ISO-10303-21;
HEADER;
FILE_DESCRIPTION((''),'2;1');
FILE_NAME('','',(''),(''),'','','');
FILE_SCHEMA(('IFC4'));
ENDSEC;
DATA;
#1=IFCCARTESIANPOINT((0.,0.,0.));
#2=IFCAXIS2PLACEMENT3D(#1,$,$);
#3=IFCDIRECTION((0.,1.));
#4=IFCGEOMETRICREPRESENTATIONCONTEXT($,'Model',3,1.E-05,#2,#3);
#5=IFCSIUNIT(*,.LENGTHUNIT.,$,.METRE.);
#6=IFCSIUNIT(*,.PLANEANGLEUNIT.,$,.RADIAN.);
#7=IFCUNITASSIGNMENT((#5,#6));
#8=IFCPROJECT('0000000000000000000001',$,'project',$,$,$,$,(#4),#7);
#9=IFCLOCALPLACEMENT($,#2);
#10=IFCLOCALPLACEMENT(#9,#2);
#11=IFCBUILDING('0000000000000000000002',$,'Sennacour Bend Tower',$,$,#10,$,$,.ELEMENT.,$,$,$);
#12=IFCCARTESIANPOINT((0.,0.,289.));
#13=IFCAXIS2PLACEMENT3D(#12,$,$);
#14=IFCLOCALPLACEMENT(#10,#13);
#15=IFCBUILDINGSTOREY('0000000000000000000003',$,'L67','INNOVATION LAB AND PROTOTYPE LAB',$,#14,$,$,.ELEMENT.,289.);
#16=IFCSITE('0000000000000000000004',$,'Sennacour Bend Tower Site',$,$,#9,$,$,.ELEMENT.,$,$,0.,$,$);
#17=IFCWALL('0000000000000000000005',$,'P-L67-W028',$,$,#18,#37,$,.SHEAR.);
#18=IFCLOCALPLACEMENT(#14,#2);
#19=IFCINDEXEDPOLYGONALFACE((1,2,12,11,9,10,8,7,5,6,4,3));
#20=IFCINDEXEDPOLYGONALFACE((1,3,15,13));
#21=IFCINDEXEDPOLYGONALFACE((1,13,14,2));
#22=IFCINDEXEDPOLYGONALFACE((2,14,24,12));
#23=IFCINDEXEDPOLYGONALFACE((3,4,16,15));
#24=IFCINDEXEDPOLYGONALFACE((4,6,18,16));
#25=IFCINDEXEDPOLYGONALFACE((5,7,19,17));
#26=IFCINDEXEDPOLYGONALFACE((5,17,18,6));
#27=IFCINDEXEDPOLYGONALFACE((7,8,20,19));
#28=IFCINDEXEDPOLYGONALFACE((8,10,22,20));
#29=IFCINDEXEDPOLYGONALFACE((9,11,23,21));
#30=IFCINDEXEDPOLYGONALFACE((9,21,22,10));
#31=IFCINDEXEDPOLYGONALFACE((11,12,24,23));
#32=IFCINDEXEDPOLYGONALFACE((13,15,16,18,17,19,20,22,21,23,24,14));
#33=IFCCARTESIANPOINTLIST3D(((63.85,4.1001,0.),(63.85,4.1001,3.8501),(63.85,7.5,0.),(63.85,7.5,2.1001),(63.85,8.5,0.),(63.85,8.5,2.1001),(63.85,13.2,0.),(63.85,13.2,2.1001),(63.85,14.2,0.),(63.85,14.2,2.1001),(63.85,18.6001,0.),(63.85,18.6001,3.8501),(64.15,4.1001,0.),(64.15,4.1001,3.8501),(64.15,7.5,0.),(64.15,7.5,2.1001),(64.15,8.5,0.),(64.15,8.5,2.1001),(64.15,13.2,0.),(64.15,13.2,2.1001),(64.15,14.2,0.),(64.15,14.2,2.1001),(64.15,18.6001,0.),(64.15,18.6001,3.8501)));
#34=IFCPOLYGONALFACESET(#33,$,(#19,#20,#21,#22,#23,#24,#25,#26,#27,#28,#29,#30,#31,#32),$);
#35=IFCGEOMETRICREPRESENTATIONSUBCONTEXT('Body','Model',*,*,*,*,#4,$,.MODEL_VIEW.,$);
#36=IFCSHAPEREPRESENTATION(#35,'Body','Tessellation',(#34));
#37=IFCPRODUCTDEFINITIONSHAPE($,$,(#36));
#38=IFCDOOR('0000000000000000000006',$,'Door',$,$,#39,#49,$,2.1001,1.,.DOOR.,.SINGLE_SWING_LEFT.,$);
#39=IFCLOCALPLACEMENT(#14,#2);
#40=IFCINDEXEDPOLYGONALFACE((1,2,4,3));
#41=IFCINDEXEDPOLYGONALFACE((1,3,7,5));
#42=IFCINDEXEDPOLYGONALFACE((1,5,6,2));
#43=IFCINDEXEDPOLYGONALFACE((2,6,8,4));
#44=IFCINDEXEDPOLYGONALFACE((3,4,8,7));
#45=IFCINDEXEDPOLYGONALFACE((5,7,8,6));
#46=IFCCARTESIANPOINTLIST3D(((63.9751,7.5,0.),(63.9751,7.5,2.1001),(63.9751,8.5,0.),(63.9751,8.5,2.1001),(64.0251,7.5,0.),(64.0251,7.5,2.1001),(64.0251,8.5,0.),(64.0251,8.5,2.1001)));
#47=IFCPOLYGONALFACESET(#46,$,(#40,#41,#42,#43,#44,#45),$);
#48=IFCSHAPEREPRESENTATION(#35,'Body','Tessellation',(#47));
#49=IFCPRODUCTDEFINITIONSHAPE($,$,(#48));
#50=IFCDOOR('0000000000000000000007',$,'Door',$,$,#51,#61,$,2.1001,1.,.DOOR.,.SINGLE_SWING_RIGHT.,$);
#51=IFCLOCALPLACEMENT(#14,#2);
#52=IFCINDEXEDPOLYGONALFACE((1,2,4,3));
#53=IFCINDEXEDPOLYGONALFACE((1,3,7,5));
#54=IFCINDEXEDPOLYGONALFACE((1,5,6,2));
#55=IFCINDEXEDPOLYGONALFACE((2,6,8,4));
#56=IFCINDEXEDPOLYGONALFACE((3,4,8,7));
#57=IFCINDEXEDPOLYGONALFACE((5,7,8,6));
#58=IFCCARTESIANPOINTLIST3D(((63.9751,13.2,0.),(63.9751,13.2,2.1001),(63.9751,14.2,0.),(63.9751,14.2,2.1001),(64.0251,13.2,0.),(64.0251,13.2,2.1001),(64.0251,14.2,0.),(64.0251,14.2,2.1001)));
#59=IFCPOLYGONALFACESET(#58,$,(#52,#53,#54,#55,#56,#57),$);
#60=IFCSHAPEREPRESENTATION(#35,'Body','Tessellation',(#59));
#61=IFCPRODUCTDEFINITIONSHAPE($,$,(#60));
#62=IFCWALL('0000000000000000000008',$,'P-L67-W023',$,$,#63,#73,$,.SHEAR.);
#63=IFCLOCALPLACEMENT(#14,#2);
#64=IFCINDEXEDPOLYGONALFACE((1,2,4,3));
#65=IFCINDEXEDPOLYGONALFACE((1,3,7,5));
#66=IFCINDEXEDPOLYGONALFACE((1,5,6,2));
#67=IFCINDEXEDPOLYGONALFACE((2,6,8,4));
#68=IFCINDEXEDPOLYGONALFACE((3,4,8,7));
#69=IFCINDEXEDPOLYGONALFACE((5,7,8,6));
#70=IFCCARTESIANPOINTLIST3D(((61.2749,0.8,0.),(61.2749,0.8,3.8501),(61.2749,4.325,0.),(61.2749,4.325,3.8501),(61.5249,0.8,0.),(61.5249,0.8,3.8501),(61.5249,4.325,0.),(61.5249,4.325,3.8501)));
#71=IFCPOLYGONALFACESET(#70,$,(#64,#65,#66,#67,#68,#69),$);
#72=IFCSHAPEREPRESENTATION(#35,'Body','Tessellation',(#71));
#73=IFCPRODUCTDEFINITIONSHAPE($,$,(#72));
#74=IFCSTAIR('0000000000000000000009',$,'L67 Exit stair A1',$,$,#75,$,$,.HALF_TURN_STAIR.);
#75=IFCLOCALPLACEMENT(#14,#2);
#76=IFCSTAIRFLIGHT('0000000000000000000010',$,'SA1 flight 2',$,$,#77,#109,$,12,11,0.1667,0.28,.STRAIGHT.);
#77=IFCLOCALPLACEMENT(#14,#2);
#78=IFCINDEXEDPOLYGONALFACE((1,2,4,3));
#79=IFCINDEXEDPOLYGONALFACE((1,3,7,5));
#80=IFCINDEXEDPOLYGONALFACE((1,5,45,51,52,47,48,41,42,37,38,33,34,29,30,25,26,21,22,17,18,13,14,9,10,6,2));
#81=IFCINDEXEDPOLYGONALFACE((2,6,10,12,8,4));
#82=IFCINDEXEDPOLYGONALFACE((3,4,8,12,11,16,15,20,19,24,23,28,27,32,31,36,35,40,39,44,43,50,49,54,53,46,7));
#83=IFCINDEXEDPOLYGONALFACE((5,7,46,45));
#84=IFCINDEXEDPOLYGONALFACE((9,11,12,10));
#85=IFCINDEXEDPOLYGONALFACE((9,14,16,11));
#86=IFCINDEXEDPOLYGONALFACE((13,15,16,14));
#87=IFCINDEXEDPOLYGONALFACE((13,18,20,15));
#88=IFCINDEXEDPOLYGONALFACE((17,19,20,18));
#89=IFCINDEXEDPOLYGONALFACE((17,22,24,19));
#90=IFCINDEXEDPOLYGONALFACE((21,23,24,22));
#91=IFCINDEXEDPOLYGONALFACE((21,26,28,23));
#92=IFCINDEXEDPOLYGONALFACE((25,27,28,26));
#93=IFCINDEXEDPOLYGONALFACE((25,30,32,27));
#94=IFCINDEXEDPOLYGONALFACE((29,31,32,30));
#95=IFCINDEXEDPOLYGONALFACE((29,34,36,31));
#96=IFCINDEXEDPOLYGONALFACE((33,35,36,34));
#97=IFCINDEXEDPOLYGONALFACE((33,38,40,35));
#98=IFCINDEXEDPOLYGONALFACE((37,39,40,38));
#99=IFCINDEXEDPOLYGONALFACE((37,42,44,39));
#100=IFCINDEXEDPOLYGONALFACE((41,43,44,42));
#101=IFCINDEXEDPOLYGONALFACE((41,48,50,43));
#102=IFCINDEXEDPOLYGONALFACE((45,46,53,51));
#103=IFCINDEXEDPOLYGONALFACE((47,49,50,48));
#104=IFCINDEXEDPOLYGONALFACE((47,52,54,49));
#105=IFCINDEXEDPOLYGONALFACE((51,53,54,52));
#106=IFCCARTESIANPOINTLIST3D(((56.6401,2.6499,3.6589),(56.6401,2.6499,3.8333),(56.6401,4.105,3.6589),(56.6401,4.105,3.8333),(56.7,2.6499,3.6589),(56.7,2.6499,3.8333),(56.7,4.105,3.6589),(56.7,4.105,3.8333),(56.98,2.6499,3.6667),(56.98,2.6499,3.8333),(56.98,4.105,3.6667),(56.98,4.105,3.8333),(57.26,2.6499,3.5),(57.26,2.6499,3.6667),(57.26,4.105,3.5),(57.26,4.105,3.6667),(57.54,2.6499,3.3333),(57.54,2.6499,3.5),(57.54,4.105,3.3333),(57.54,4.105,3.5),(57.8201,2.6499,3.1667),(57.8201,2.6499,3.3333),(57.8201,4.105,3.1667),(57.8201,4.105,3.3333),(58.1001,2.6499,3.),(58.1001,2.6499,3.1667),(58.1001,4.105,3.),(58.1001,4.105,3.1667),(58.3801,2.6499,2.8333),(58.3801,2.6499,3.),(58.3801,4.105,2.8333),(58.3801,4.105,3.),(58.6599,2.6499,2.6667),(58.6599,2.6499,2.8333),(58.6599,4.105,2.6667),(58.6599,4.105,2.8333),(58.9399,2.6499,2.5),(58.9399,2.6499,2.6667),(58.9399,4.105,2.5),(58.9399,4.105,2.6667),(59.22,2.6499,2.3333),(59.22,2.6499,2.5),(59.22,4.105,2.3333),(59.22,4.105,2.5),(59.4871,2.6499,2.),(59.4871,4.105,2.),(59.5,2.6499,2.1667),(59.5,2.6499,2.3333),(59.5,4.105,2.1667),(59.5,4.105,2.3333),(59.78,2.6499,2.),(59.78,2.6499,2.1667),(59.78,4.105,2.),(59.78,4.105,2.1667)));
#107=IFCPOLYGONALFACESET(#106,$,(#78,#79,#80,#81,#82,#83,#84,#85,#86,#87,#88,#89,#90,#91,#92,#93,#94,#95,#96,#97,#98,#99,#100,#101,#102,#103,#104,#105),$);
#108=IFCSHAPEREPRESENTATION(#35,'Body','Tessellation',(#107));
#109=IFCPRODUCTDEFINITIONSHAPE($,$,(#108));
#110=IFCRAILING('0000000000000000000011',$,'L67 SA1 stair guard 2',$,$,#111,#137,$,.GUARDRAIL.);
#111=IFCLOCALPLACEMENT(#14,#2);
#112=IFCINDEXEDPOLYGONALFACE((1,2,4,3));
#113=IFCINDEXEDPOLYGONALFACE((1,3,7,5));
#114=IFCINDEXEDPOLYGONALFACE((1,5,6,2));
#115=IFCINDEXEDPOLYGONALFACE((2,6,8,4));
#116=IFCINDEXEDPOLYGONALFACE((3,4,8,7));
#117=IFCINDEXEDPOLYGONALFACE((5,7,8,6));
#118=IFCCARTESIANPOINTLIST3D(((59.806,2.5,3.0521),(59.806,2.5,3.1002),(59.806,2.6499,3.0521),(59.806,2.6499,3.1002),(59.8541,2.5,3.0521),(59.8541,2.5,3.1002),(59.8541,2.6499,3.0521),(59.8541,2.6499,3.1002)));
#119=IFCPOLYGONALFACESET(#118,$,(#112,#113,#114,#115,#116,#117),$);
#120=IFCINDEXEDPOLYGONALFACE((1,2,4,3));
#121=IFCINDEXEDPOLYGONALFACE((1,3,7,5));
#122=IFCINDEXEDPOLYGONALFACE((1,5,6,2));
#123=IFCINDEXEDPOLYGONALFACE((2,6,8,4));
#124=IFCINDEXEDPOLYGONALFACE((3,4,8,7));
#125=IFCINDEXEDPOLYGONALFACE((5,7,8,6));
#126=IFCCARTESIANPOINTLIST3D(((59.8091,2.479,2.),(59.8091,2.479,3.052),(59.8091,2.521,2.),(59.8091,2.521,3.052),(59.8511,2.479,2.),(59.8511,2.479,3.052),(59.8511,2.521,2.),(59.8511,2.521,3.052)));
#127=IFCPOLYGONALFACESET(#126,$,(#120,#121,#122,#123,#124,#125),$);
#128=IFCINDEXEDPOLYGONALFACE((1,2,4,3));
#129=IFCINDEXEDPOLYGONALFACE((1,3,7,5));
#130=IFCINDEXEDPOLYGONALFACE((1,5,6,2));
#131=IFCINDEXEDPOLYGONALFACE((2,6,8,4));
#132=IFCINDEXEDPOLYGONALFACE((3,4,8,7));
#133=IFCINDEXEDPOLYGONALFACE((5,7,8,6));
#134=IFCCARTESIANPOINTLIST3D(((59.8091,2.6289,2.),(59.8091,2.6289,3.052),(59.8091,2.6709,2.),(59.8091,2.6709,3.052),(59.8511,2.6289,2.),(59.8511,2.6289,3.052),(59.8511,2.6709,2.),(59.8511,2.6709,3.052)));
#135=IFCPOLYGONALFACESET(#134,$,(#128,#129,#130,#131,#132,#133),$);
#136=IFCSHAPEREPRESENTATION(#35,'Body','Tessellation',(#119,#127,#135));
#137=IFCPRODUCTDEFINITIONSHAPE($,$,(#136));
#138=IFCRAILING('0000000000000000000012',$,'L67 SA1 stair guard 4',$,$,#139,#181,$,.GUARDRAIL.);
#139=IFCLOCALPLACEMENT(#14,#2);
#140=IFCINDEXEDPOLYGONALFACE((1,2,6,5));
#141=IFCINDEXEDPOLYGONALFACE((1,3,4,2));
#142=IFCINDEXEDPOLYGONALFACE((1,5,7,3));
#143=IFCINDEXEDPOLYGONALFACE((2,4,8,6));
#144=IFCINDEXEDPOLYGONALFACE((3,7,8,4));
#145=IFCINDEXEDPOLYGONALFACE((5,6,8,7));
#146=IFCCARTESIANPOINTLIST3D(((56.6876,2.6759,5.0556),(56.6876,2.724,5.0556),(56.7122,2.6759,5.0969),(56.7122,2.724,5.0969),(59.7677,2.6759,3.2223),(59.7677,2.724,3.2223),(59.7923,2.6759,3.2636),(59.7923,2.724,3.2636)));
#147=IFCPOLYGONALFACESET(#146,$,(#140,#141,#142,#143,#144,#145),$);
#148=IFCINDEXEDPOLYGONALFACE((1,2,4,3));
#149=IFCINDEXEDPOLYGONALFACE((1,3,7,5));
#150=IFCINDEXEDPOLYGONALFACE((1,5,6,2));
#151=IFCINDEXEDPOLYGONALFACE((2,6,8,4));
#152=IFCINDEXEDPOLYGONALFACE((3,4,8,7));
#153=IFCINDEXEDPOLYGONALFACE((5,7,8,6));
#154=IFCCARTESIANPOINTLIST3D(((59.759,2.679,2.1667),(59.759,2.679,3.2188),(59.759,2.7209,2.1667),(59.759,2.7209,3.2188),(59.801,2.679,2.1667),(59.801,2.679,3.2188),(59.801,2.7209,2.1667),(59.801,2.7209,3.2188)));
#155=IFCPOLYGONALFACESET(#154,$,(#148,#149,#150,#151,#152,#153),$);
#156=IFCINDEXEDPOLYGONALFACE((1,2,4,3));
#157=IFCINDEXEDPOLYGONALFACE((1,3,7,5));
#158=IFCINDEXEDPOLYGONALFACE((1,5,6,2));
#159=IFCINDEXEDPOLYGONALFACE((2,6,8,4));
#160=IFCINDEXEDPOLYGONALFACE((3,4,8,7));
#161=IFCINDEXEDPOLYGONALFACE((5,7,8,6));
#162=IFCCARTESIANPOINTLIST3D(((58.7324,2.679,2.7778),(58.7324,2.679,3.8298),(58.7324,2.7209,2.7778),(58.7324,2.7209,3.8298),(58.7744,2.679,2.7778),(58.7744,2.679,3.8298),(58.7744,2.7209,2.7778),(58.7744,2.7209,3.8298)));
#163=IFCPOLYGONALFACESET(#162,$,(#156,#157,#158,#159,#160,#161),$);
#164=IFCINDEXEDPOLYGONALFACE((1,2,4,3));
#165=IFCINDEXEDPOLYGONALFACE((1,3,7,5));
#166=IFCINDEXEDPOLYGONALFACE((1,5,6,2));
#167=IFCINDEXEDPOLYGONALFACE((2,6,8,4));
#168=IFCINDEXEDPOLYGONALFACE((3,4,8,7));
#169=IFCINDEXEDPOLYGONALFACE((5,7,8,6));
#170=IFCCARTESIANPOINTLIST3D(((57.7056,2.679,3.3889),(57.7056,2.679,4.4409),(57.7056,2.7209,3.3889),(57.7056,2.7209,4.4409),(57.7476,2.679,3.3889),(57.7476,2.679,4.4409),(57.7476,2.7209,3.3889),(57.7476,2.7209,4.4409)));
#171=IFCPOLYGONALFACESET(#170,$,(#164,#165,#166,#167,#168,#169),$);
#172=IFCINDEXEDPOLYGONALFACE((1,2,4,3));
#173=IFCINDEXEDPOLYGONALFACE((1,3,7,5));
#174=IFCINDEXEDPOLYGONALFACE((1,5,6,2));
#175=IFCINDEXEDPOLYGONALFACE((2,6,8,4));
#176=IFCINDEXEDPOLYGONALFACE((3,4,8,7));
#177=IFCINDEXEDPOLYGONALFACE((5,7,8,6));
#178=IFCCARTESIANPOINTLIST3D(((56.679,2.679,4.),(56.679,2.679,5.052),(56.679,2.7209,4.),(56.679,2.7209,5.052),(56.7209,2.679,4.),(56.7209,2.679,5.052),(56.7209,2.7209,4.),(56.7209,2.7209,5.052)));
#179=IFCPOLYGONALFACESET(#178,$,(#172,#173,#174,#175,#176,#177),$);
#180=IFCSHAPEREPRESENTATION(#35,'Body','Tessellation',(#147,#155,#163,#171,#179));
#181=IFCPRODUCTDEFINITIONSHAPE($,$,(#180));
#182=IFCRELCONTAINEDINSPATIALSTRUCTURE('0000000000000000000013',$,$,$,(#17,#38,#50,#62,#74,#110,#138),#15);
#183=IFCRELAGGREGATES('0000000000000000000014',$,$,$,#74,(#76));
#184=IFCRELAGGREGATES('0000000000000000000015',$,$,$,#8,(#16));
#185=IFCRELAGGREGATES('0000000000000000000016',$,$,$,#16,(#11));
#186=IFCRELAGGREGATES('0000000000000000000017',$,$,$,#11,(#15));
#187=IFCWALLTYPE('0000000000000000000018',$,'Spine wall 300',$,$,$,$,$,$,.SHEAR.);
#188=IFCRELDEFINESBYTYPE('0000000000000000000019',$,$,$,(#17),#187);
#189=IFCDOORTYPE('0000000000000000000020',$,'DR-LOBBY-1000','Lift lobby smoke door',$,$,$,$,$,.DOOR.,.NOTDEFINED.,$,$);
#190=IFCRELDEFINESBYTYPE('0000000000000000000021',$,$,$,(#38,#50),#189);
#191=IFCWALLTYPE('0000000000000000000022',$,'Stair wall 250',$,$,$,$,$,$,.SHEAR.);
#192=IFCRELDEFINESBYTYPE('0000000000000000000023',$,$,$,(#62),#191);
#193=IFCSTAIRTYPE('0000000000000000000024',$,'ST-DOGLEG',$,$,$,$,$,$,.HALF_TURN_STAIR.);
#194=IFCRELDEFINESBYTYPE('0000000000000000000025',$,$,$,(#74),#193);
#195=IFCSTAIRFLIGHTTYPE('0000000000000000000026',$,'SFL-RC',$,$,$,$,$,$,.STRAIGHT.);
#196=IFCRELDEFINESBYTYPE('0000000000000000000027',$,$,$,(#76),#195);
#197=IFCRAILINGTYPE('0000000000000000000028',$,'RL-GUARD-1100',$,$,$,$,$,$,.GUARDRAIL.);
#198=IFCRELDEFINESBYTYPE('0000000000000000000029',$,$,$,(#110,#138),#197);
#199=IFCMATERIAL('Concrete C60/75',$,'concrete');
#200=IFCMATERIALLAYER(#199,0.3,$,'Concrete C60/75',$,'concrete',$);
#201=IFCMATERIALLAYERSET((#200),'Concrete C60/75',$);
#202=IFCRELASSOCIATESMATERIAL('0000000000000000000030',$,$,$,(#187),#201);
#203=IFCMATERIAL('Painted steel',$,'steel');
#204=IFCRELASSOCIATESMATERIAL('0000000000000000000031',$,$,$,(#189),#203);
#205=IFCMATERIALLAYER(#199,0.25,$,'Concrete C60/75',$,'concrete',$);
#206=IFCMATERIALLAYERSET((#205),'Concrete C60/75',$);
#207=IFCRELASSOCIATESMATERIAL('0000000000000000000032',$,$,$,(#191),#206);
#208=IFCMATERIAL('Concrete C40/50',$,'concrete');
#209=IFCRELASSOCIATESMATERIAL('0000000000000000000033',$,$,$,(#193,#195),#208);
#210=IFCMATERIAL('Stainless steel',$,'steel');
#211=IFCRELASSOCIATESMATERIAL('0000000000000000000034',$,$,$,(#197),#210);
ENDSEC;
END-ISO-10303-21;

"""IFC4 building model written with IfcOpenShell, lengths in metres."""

from ifc_helpers import new_model, si_unit, direction, frame, frame_2d, origin, origin_2d, place, context, subcontext, project, spatial, polyline, rectangle, outline, extrude, material, layer, layer_set, type_object, element, fill, aggregate, save


model = new_model("IFC4")

# Units and contexts
model_context = context("Model", 3, precision=1e-05, world=origin(), true_north=direction((0.0, 1.0)))
body_context = subcontext(model_context, "Body", "Model", "MODEL_VIEW")
ifc_project = project(units=[si_unit("LENGTHUNIT", "METRE"), si_unit("PLANEANGLEUNIT", "RADIAN")], contexts=[model_context])

# Site, building, storey
site_placement = place(None, origin())
site = spatial("IfcSite", under=ifc_project, at=site_placement, Name="Sennacour Bend Tower Site", CompositionType="ELEMENT", RefElevation=0.0)
building_placement = place(site_placement, origin())
building = spatial("IfcBuilding", under=site, at=building_placement, Name="Sennacour Bend Tower", CompositionType="ELEMENT")
storey_placement = place(building_placement, frame((0.0, 0.0, 289.0)))
storey = spatial("IfcBuildingStorey", under=building, at=storey_placement, Name="L67", Description="INNOVATION LAB AND PROTOTYPE LAB", CompositionType="ELEMENT", Elevation=289.0)

# Shared definitions
ifc_material_1 = material(Name="Painted steel", Category="steel")

# Shared definitions
ifc_material_2 = material(Name="Stainless steel", Category="steel")

# Wall, openings, doors
ifc_material_3 = material(Name="Concrete C60/75", Category="concrete")
ifc_layer_1 = layer(ifc_material_3, 0.3, Name="Concrete C60/75", Category="concrete")
ifc_layer_set_1 = layer_set([ifc_layer_1], Name="Concrete C60/75")
wall_type_1 = type_object("IfcWallType", Name="Spine wall 300", PredefinedType="SHEAR", material=ifc_layer_set_1)
wall_1_placement = place(storey_placement, frame((64.0, 4.1001, 0.0), z_axis=(0.0, 0.0, 1.0), x_axis=(0.0, 1.0, 0.0)))
wall_1 = element("IfcWall", 1, at=wall_1_placement, inside=storey, type_object=wall_type_1, Name="P-L67-W028", PredefinedType="SHEAR", context=body_context, shape_type="SweptSolid", body=[
    extrude(rectangle(XDim=14.5, YDim=0.3, at=frame_2d((7.25, 0.0))), origin(), (0.0, 0.0, 1.0), 3.8501),
])
opening_1_placement = place(wall_1_placement, frame((3.3999, 0.0, 0.0)))
opening_1 = element("IfcOpeningElement", 2, at=opening_1_placement, cuts=wall_1, PredefinedType="OPENING", context=body_context, shape_type="SweptSolid", body=[
    extrude(rectangle(XDim=1.0, YDim=2.1001, at=frame_2d((0.5, 1.05))), frame((0.0, 0.1602, 0.0), z_axis=(0.0, -1.0, 0.0), x_axis=(1.0, 0.0, 0.0)), (0.0, 0.0, 1.0), 0.3201),
])
opening_2_placement = place(wall_1_placement, frame((9.0999, 0.0, 0.0)))
opening_2 = element("IfcOpeningElement", 3, at=opening_2_placement, cuts=wall_1, PredefinedType="OPENING", context=body_context, shape_type="SweptSolid", body=[
    extrude(rectangle(XDim=1.0, YDim=2.1001, at=frame_2d((0.5, 1.05))), frame((0.0, 0.1602, 0.0), z_axis=(0.0, -1.0, 0.0), x_axis=(1.0, 0.0, 0.0)), (0.0, 0.0, 1.0), 0.3201),
])
door_type_1 = type_object("IfcDoorType", Name="DR-LOBBY-1000", Description="Lift lobby smoke door", OperationType="NOTDEFINED", PredefinedType="DOOR", material=ifc_material_1)
door_1_placement = place(opening_1_placement, origin())
door_1 = element("IfcDoor", 4, at=door_1_placement, inside=storey, type_object=door_type_1, Name="Door", OperationType="SINGLE_SWING_LEFT", OverallHeight=2.1001, OverallWidth=1.0, PredefinedType="DOOR", context=body_context, shape_type="SweptSolid", body=[
    extrude(rectangle(XDim=1.0, YDim=2.1001, at=frame_2d((0.5, 1.05))), frame((0.0, 0.0249, 0.0), z_axis=(0.0, -1.0, 0.0), x_axis=(1.0, 0.0, 0.0)), (0.0, 0.0, 1.0), 0.05),
])
fill(opening_1, door_1)
door_2_placement = place(opening_2_placement, origin())
door_2 = element("IfcDoor", 5, at=door_2_placement, inside=storey, type_object=door_type_1, Name="Door", OperationType="SINGLE_SWING_RIGHT", OverallHeight=2.1001, OverallWidth=1.0, PredefinedType="DOOR", context=body_context, shape_type="SweptSolid", body=[
    extrude(rectangle(XDim=1.0, YDim=2.1001, at=frame_2d((0.5, 1.05))), frame((0.0, 0.0249, 0.0), z_axis=(0.0, -1.0, 0.0), x_axis=(1.0, 0.0, 0.0)), (0.0, 0.0, 1.0), 0.05),
])
fill(opening_2, door_2)

# Wall
ifc_layer_2 = layer(ifc_material_3, 0.25, Name="Concrete C60/75", Category="concrete")
ifc_layer_set_2 = layer_set([ifc_layer_2], Name="Concrete C60/75")
wall_type_2 = type_object("IfcWallType", Name="Stair wall 250", PredefinedType="SHEAR", material=ifc_layer_set_2)
wall_2_placement = place(storey_placement, frame((61.3999, 0.8, 0.0), z_axis=(0.0, 0.0, 1.0), x_axis=(0.0, 1.0, 0.0)))
element("IfcWall", 6, at=wall_2_placement, inside=storey, type_object=wall_type_2, Name="P-L67-W023", PredefinedType="SHEAR", context=body_context, shape_type="SweptSolid", body=[
    extrude(rectangle(XDim=3.5249, YDim=0.25, at=frame_2d((1.7625, 0.0))), origin(), (0.0, 0.0, 1.0), 3.8501),
])

# Stair, stair flight
ifc_material_4 = material(Name="Concrete C40/50", Category="concrete")
stair_type = type_object("IfcStairType", Name="ST-DOGLEG", PredefinedType="HALF_TURN_STAIR", material=ifc_material_4)
stair_placement = place(storey_placement, origin())
stair = element("IfcStair", 7, at=stair_placement, inside=storey, type_object=stair_type, Name="L67 Exit stair A1", PredefinedType="HALF_TURN_STAIR")
stair_flight_type = type_object("IfcStairFlightType", Name="SFL-RC", PredefinedType="STRAIGHT", material=ifc_material_4)
stair_flight_placement = place(storey_placement, frame((59.78, 3.3774, 2.0), z_axis=(0.0, 0.0, 1.0), x_axis=(-1.0, 0.0, 0.0)))
stair_flight = element("IfcStairFlight", 8, at=stair_flight_placement, type_object=stair_flight_type, Name="SA1 flight 2", NumberOfRisers=12, NumberOfTreads=11, PredefinedType="STRAIGHT", RiserHeight=0.1667, TreadLength=0.28, context=body_context, shape_type="SweptSolid", body=[
    extrude(outline(polyline([(0.0, 0.0), (0.0, 0.1667), (0.28, 0.1667), (0.28, 0.3333), (0.5601, 0.3333), (0.5601, 0.5), (0.8401, 0.5), (0.8401, 0.6667), (1.1201, 0.6667), (1.1201, 0.8333), (1.3999, 0.8333), (1.3999, 1.0), (1.6799, 1.0), (1.6799, 1.1667), (1.96, 1.1667), (1.96, 1.3333), (2.24, 1.3333), (2.24, 1.5), (2.52, 1.5), (2.52, 1.6667), (2.8, 1.6667), (2.8, 1.8333), (3.0801, 1.8333), (3.1399, 1.8333), (3.1399, 1.6589), (3.0801, 1.6589), (0.293, 0.0), (0.0, 0.0)])), frame((0.0, 0.7275, 0.0), z_axis=(0.0, -1.0, 0.0), x_axis=(1.0, 0.0, 0.0)), (0.0, 0.0, 1.0), 1.4551),
])
aggregate(stair, [stair_flight])

# Railings
railing_type_1 = type_object("IfcRailingType", Name="RL-GUARD-1100", PredefinedType="GUARDRAIL", material=ifc_material_2)
railing_1_placement = place(storey_placement, frame((59.8301, 2.5, 2.0)))
element("IfcRailing", 9, at=railing_1_placement, inside=storey, type_object=railing_type_1, Name="L67 SA1 stair guard 2", PredefinedType="GUARDRAIL", context=body_context, shape_type="SweptSolid", body=[
    extrude(rectangle(XDim=0.0481, YDim=0.0481, at=origin_2d()), frame((0.0, 0.0, 1.0762), z_axis=(0.0, 1.0, 0.0), x_axis=(-1.0, 0.0, 0.0)), (0.0, 0.0, 1.0), 0.1499),
    extrude(rectangle(XDim=0.042, YDim=0.042, at=origin_2d()), origin(), (0.0, 0.0, 1.0), 1.052),
    extrude(rectangle(XDim=0.042, YDim=0.042, at=origin_2d()), frame((0.0, 0.1499, 0.0)), (0.0, 0.0, 1.0), 1.052),
])
railing_2_placement = place(storey_placement, frame((59.78, 2.7, 2.1667)))
element("IfcRailing", 10, at=railing_2_placement, inside=storey, type_object=railing_type_1, Name="L67 SA1 stair guard 4", PredefinedType="GUARDRAIL", context=body_context, shape_type="SweptSolid", body=[
    extrude(rectangle(XDim=0.0481, YDim=0.0481, at=origin_2d()), frame((0.0, 0.0, 1.0762), z_axis=(-0.859309, 0.0, 0.511458), x_axis=(0.0, -1.0, 0.0)), (0.0, 0.0, 1.0), 3.5845),
    extrude(rectangle(XDim=0.042, YDim=0.042, at=origin_2d()), origin(), (0.0, 0.0, 1.0), 1.052),
    extrude(rectangle(XDim=0.042, YDim=0.042, at=origin_2d()), frame((-1.0266, 0.0, 0.6111)), (0.0, 0.0, 1.0), 1.052),
    extrude(rectangle(XDim=0.042, YDim=0.042, at=origin_2d()), frame((-2.0535, 0.0, 1.2222)), (0.0, 0.0, 1.0), 1.052),
    extrude(rectangle(XDim=0.042, YDim=0.042, at=origin_2d()), frame((-3.0801, 0.0, 1.8333)), (0.0, 0.0, 1.0), 1.052),
])

save(model, "model.ifc")
